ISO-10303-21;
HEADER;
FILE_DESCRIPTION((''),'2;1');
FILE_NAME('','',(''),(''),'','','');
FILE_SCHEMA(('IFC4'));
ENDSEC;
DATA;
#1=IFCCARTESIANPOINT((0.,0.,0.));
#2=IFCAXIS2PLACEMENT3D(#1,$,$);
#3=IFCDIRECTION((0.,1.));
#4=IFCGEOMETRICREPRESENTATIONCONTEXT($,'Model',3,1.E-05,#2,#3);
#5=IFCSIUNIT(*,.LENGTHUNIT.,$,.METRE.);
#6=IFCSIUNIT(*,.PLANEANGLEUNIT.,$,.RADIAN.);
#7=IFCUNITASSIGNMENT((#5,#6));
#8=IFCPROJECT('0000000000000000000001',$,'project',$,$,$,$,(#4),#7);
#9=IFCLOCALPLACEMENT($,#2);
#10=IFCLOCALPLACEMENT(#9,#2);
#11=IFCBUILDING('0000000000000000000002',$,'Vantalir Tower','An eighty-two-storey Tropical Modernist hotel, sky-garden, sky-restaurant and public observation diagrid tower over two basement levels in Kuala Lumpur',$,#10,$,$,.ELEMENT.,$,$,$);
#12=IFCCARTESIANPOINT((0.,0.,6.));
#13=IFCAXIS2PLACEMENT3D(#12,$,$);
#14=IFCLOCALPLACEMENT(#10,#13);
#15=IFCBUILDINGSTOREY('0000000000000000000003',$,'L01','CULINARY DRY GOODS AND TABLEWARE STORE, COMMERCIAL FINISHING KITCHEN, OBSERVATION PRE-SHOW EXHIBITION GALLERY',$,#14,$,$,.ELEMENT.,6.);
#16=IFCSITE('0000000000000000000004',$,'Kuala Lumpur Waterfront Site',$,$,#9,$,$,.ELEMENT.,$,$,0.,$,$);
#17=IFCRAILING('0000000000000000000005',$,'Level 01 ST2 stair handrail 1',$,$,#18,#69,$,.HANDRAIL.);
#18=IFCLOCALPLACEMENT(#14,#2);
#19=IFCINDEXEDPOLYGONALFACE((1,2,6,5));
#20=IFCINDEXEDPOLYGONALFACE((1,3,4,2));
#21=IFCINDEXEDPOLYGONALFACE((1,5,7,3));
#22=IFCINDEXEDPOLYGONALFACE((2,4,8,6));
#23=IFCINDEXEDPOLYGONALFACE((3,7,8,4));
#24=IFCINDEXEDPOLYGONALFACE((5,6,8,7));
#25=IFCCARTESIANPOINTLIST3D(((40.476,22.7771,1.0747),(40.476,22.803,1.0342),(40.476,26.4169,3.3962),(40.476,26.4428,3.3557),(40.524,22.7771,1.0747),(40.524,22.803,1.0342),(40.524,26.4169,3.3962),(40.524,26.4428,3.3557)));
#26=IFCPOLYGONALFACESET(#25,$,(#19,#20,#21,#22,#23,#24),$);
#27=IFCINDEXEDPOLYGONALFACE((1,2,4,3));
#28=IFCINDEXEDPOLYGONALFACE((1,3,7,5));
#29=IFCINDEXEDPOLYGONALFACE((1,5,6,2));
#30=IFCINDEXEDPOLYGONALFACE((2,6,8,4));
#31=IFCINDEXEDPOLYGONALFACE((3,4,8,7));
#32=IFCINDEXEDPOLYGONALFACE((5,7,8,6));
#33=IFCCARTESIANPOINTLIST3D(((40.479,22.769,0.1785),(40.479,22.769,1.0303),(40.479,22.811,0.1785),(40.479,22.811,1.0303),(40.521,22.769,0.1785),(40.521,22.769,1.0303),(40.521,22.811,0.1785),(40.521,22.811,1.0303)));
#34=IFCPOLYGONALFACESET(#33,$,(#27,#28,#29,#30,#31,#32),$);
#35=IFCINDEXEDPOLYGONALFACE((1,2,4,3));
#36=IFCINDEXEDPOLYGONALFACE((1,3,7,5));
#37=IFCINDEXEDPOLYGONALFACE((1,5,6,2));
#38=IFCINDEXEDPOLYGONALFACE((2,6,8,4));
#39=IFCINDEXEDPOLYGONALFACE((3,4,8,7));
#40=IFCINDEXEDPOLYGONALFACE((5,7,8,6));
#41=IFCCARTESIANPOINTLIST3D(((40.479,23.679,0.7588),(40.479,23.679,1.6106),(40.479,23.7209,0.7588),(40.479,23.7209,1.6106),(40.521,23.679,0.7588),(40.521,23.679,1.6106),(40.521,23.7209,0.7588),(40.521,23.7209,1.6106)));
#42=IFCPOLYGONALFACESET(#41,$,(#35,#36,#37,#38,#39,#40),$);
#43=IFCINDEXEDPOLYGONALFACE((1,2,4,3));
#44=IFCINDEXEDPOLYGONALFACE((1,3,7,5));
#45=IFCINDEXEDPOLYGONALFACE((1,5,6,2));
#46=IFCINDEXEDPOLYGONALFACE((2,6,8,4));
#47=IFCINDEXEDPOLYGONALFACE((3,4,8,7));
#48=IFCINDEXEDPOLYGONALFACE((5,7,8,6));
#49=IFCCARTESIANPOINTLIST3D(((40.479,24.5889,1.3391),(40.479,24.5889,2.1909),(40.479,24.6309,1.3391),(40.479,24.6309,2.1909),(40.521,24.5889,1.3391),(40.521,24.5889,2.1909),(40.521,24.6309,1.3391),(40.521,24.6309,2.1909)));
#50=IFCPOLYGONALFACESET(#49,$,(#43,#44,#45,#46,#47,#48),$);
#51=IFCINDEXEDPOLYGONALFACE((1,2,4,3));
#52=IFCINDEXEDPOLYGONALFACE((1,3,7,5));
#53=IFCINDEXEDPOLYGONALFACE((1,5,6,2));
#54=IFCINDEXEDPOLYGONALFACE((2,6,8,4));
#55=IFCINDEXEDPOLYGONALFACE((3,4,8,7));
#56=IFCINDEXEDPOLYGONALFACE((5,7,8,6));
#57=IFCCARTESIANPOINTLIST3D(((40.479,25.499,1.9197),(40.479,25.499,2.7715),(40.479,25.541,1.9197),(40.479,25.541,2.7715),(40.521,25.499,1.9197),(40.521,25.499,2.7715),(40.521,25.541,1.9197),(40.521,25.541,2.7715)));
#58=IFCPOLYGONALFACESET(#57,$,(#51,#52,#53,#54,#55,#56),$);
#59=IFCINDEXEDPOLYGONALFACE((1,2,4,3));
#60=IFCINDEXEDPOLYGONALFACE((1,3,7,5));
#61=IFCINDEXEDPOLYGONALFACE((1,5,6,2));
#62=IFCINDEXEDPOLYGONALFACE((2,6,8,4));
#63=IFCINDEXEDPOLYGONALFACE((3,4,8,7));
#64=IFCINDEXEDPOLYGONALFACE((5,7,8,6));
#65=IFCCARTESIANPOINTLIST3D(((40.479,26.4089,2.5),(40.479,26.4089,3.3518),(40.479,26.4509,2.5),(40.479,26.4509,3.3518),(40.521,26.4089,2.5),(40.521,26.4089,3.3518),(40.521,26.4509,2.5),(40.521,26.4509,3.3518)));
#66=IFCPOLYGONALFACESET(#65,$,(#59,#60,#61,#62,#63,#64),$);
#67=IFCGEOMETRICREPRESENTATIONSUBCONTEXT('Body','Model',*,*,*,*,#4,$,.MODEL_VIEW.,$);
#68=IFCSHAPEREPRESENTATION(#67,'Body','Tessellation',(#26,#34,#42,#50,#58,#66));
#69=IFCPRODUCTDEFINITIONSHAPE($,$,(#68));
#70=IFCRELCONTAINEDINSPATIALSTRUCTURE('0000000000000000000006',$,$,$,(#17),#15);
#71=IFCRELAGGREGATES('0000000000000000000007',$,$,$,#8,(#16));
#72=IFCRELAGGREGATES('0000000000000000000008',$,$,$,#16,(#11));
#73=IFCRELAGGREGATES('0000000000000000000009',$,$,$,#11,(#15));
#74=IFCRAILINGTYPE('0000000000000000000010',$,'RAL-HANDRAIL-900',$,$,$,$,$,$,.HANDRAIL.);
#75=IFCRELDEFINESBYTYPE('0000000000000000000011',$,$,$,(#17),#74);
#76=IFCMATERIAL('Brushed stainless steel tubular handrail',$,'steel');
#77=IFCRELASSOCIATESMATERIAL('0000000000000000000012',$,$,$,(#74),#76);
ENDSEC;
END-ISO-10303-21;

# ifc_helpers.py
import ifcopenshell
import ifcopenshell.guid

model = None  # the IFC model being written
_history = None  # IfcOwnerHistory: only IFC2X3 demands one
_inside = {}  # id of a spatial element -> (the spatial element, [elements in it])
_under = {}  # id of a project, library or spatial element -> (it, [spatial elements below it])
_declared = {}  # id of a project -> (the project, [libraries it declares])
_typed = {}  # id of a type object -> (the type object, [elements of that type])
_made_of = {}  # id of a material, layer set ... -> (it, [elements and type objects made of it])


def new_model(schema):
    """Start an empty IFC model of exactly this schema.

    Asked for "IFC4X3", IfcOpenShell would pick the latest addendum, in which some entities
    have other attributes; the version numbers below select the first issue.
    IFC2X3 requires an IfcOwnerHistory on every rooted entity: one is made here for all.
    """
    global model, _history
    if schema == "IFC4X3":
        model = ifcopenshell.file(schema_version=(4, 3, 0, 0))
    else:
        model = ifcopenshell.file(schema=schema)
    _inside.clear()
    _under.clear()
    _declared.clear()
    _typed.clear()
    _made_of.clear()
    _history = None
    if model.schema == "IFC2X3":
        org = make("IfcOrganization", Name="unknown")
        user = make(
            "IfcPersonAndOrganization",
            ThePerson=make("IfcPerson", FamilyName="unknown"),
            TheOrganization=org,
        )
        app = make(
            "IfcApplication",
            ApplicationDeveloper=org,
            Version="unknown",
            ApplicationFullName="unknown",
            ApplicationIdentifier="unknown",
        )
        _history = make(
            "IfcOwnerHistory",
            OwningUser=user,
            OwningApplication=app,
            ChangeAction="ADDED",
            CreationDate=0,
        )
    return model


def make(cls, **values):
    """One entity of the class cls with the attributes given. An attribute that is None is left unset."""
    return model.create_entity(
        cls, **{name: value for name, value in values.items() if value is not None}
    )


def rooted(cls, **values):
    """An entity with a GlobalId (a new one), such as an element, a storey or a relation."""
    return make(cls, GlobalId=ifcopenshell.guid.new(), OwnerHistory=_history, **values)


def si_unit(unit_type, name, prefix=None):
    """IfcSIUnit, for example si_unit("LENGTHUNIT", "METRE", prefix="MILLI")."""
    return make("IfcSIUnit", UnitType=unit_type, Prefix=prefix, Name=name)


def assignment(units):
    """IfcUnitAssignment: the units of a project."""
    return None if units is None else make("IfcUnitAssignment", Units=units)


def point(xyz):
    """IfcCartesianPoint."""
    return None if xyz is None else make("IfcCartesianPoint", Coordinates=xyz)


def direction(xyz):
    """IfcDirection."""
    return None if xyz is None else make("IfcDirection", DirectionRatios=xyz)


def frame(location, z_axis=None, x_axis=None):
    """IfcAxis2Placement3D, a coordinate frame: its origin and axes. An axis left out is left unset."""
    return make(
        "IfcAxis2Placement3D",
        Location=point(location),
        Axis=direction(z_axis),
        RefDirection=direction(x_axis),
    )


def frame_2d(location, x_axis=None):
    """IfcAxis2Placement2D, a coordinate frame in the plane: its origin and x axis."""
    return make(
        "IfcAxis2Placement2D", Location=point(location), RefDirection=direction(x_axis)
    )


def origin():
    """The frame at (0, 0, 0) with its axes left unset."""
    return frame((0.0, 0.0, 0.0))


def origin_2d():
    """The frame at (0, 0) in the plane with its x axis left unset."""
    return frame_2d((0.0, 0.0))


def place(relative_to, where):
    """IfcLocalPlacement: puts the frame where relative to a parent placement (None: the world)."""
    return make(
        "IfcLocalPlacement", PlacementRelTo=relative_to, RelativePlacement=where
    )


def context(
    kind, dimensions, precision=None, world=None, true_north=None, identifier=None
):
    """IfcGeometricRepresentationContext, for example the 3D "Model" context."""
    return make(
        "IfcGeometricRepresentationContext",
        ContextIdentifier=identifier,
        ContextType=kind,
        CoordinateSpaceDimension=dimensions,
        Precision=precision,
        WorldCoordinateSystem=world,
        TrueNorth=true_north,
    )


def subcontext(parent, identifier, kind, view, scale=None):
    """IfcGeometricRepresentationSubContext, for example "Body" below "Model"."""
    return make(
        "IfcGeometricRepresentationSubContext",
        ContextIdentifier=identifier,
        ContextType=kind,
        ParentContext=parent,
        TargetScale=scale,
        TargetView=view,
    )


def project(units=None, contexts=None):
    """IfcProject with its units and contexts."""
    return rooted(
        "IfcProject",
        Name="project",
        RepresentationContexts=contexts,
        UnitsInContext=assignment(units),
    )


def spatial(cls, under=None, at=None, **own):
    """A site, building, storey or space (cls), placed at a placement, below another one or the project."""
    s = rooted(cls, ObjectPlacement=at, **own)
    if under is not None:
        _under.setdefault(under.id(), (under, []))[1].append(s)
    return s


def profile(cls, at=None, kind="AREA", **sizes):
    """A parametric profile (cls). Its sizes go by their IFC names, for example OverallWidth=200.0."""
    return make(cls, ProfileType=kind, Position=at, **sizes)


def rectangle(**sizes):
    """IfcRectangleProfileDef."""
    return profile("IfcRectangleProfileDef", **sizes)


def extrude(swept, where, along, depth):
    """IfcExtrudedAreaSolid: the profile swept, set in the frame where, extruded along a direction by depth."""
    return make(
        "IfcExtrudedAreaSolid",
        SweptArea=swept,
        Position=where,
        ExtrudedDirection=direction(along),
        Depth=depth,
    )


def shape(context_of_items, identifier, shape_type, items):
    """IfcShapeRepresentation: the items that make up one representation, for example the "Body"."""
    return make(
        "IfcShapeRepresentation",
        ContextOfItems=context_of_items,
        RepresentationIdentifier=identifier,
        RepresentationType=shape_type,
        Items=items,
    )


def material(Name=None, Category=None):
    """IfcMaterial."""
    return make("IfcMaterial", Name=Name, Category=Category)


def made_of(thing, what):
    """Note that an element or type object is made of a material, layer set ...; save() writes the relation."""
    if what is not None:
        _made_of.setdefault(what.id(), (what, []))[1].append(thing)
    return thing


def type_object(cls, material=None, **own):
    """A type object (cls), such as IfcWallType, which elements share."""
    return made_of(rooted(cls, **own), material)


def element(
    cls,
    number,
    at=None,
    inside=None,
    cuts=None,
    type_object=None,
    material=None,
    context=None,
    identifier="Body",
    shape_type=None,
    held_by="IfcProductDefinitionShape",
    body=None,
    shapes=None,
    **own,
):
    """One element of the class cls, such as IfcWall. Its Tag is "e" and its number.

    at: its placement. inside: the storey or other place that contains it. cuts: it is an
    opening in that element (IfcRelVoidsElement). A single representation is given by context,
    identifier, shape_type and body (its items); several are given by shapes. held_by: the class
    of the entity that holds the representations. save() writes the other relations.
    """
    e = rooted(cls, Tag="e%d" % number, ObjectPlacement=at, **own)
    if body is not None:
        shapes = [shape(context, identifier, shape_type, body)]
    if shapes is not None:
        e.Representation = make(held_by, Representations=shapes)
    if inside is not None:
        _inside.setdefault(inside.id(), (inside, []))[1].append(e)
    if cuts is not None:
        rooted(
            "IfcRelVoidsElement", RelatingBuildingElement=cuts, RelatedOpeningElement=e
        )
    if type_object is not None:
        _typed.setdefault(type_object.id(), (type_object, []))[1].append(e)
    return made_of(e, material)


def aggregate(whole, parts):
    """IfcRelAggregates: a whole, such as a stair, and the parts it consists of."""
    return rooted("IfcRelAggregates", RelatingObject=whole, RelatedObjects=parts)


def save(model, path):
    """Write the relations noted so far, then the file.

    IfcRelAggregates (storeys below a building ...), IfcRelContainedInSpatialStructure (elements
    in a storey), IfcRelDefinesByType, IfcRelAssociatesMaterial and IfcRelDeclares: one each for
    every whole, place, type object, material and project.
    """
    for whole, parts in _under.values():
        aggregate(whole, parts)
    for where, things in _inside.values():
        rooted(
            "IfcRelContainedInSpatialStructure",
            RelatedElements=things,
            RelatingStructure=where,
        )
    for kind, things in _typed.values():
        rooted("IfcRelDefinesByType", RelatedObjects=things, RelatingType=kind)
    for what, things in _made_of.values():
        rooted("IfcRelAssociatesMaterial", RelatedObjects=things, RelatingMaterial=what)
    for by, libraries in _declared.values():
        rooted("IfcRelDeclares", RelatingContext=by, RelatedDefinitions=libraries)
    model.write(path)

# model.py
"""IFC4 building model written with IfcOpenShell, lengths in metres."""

from ifc_helpers import new_model, si_unit, direction, frame, origin, origin_2d, place, context, subcontext, project, spatial, rectangle, extrude, material, type_object, element, save


model = new_model("IFC4")

# Units and contexts
model_context = context("Model", 3, precision=1e-05, world=origin(), true_north=direction((0.0, 1.0)))
body_context = subcontext(model_context, "Body", "Model", "MODEL_VIEW")
ifc_project = project(units=[si_unit("LENGTHUNIT", "METRE"), si_unit("PLANEANGLEUNIT", "RADIAN")], contexts=[model_context])

# Site, building, storey
site_placement = place(None, origin())
site = spatial("IfcSite", under=ifc_project, at=site_placement, Name="Kuala Lumpur Waterfront Site", CompositionType="ELEMENT", RefElevation=0.0)
building_placement = place(site_placement, origin())
building = spatial("IfcBuilding", under=site, at=building_placement, Name="Vantalir Tower", Description="An eighty-two-storey Tropical Modernist hotel, sky-garden, sky-restaurant and public observation diagrid tower over two basement levels in Kuala Lumpur", CompositionType="ELEMENT")
storey_placement = place(building_placement, frame((0.0, 0.0, 6.0)))
storey = spatial("IfcBuildingStorey", under=building, at=storey_placement, Name="L01", Description="CULINARY DRY GOODS AND TABLEWARE STORE, COMMERCIAL FINISHING KITCHEN, OBSERVATION PRE-SHOW EXHIBITION GALLERY", CompositionType="ELEMENT", Elevation=6.0)

# Railing
ifc_material_1 = material(Name="Brushed stainless steel tubular handrail", Category="steel")
railing_type_1 = type_object("IfcRailingType", Name="RAL-HANDRAIL-900", PredefinedType="HANDRAIL", material=ifc_material_1)
railing_1_placement = place(storey_placement, frame((40.5, 22.79, 0.1785)))
element("IfcRailing", 1, at=railing_1_placement, inside=storey, type_object=railing_type_1, Name="Level 01 ST2 stair handrail 1", PredefinedType="HANDRAIL", context=body_context, shape_type="SweptSolid", body=[
    extrude(rectangle(XDim=0.0481, YDim=0.0481, at=origin_2d()), frame((0.0, 0.0, 0.876), z_axis=(0.0, 0.843112, 0.537739), x_axis=(-1.0, 0.0, 0.0)), (0.0, 0.0, 1.0), 4.3171),
    extrude(rectangle(XDim=0.042, YDim=0.042, at=origin_2d()), origin(), (0.0, 0.0, 1.0), 0.8518),
    extrude(rectangle(XDim=0.042, YDim=0.042, at=origin_2d()), frame((0.0, 0.9099, 0.5803)), (0.0, 0.0, 1.0), 0.8518),
    extrude(rectangle(XDim=0.042, YDim=0.042, at=origin_2d()), frame((0.0, 1.8198, 1.1606)), (0.0, 0.0, 1.0), 0.8518),
    extrude(rectangle(XDim=0.042, YDim=0.042, at=origin_2d()), frame((0.0, 2.73, 1.7412)), (0.0, 0.0, 1.0), 0.8518),
    extrude(rectangle(XDim=0.042, YDim=0.042, at=origin_2d()), frame((0.0, 3.6399, 2.3215)), (0.0, 0.0, 1.0), 0.8518),
])

save(model, "model.ifc")
